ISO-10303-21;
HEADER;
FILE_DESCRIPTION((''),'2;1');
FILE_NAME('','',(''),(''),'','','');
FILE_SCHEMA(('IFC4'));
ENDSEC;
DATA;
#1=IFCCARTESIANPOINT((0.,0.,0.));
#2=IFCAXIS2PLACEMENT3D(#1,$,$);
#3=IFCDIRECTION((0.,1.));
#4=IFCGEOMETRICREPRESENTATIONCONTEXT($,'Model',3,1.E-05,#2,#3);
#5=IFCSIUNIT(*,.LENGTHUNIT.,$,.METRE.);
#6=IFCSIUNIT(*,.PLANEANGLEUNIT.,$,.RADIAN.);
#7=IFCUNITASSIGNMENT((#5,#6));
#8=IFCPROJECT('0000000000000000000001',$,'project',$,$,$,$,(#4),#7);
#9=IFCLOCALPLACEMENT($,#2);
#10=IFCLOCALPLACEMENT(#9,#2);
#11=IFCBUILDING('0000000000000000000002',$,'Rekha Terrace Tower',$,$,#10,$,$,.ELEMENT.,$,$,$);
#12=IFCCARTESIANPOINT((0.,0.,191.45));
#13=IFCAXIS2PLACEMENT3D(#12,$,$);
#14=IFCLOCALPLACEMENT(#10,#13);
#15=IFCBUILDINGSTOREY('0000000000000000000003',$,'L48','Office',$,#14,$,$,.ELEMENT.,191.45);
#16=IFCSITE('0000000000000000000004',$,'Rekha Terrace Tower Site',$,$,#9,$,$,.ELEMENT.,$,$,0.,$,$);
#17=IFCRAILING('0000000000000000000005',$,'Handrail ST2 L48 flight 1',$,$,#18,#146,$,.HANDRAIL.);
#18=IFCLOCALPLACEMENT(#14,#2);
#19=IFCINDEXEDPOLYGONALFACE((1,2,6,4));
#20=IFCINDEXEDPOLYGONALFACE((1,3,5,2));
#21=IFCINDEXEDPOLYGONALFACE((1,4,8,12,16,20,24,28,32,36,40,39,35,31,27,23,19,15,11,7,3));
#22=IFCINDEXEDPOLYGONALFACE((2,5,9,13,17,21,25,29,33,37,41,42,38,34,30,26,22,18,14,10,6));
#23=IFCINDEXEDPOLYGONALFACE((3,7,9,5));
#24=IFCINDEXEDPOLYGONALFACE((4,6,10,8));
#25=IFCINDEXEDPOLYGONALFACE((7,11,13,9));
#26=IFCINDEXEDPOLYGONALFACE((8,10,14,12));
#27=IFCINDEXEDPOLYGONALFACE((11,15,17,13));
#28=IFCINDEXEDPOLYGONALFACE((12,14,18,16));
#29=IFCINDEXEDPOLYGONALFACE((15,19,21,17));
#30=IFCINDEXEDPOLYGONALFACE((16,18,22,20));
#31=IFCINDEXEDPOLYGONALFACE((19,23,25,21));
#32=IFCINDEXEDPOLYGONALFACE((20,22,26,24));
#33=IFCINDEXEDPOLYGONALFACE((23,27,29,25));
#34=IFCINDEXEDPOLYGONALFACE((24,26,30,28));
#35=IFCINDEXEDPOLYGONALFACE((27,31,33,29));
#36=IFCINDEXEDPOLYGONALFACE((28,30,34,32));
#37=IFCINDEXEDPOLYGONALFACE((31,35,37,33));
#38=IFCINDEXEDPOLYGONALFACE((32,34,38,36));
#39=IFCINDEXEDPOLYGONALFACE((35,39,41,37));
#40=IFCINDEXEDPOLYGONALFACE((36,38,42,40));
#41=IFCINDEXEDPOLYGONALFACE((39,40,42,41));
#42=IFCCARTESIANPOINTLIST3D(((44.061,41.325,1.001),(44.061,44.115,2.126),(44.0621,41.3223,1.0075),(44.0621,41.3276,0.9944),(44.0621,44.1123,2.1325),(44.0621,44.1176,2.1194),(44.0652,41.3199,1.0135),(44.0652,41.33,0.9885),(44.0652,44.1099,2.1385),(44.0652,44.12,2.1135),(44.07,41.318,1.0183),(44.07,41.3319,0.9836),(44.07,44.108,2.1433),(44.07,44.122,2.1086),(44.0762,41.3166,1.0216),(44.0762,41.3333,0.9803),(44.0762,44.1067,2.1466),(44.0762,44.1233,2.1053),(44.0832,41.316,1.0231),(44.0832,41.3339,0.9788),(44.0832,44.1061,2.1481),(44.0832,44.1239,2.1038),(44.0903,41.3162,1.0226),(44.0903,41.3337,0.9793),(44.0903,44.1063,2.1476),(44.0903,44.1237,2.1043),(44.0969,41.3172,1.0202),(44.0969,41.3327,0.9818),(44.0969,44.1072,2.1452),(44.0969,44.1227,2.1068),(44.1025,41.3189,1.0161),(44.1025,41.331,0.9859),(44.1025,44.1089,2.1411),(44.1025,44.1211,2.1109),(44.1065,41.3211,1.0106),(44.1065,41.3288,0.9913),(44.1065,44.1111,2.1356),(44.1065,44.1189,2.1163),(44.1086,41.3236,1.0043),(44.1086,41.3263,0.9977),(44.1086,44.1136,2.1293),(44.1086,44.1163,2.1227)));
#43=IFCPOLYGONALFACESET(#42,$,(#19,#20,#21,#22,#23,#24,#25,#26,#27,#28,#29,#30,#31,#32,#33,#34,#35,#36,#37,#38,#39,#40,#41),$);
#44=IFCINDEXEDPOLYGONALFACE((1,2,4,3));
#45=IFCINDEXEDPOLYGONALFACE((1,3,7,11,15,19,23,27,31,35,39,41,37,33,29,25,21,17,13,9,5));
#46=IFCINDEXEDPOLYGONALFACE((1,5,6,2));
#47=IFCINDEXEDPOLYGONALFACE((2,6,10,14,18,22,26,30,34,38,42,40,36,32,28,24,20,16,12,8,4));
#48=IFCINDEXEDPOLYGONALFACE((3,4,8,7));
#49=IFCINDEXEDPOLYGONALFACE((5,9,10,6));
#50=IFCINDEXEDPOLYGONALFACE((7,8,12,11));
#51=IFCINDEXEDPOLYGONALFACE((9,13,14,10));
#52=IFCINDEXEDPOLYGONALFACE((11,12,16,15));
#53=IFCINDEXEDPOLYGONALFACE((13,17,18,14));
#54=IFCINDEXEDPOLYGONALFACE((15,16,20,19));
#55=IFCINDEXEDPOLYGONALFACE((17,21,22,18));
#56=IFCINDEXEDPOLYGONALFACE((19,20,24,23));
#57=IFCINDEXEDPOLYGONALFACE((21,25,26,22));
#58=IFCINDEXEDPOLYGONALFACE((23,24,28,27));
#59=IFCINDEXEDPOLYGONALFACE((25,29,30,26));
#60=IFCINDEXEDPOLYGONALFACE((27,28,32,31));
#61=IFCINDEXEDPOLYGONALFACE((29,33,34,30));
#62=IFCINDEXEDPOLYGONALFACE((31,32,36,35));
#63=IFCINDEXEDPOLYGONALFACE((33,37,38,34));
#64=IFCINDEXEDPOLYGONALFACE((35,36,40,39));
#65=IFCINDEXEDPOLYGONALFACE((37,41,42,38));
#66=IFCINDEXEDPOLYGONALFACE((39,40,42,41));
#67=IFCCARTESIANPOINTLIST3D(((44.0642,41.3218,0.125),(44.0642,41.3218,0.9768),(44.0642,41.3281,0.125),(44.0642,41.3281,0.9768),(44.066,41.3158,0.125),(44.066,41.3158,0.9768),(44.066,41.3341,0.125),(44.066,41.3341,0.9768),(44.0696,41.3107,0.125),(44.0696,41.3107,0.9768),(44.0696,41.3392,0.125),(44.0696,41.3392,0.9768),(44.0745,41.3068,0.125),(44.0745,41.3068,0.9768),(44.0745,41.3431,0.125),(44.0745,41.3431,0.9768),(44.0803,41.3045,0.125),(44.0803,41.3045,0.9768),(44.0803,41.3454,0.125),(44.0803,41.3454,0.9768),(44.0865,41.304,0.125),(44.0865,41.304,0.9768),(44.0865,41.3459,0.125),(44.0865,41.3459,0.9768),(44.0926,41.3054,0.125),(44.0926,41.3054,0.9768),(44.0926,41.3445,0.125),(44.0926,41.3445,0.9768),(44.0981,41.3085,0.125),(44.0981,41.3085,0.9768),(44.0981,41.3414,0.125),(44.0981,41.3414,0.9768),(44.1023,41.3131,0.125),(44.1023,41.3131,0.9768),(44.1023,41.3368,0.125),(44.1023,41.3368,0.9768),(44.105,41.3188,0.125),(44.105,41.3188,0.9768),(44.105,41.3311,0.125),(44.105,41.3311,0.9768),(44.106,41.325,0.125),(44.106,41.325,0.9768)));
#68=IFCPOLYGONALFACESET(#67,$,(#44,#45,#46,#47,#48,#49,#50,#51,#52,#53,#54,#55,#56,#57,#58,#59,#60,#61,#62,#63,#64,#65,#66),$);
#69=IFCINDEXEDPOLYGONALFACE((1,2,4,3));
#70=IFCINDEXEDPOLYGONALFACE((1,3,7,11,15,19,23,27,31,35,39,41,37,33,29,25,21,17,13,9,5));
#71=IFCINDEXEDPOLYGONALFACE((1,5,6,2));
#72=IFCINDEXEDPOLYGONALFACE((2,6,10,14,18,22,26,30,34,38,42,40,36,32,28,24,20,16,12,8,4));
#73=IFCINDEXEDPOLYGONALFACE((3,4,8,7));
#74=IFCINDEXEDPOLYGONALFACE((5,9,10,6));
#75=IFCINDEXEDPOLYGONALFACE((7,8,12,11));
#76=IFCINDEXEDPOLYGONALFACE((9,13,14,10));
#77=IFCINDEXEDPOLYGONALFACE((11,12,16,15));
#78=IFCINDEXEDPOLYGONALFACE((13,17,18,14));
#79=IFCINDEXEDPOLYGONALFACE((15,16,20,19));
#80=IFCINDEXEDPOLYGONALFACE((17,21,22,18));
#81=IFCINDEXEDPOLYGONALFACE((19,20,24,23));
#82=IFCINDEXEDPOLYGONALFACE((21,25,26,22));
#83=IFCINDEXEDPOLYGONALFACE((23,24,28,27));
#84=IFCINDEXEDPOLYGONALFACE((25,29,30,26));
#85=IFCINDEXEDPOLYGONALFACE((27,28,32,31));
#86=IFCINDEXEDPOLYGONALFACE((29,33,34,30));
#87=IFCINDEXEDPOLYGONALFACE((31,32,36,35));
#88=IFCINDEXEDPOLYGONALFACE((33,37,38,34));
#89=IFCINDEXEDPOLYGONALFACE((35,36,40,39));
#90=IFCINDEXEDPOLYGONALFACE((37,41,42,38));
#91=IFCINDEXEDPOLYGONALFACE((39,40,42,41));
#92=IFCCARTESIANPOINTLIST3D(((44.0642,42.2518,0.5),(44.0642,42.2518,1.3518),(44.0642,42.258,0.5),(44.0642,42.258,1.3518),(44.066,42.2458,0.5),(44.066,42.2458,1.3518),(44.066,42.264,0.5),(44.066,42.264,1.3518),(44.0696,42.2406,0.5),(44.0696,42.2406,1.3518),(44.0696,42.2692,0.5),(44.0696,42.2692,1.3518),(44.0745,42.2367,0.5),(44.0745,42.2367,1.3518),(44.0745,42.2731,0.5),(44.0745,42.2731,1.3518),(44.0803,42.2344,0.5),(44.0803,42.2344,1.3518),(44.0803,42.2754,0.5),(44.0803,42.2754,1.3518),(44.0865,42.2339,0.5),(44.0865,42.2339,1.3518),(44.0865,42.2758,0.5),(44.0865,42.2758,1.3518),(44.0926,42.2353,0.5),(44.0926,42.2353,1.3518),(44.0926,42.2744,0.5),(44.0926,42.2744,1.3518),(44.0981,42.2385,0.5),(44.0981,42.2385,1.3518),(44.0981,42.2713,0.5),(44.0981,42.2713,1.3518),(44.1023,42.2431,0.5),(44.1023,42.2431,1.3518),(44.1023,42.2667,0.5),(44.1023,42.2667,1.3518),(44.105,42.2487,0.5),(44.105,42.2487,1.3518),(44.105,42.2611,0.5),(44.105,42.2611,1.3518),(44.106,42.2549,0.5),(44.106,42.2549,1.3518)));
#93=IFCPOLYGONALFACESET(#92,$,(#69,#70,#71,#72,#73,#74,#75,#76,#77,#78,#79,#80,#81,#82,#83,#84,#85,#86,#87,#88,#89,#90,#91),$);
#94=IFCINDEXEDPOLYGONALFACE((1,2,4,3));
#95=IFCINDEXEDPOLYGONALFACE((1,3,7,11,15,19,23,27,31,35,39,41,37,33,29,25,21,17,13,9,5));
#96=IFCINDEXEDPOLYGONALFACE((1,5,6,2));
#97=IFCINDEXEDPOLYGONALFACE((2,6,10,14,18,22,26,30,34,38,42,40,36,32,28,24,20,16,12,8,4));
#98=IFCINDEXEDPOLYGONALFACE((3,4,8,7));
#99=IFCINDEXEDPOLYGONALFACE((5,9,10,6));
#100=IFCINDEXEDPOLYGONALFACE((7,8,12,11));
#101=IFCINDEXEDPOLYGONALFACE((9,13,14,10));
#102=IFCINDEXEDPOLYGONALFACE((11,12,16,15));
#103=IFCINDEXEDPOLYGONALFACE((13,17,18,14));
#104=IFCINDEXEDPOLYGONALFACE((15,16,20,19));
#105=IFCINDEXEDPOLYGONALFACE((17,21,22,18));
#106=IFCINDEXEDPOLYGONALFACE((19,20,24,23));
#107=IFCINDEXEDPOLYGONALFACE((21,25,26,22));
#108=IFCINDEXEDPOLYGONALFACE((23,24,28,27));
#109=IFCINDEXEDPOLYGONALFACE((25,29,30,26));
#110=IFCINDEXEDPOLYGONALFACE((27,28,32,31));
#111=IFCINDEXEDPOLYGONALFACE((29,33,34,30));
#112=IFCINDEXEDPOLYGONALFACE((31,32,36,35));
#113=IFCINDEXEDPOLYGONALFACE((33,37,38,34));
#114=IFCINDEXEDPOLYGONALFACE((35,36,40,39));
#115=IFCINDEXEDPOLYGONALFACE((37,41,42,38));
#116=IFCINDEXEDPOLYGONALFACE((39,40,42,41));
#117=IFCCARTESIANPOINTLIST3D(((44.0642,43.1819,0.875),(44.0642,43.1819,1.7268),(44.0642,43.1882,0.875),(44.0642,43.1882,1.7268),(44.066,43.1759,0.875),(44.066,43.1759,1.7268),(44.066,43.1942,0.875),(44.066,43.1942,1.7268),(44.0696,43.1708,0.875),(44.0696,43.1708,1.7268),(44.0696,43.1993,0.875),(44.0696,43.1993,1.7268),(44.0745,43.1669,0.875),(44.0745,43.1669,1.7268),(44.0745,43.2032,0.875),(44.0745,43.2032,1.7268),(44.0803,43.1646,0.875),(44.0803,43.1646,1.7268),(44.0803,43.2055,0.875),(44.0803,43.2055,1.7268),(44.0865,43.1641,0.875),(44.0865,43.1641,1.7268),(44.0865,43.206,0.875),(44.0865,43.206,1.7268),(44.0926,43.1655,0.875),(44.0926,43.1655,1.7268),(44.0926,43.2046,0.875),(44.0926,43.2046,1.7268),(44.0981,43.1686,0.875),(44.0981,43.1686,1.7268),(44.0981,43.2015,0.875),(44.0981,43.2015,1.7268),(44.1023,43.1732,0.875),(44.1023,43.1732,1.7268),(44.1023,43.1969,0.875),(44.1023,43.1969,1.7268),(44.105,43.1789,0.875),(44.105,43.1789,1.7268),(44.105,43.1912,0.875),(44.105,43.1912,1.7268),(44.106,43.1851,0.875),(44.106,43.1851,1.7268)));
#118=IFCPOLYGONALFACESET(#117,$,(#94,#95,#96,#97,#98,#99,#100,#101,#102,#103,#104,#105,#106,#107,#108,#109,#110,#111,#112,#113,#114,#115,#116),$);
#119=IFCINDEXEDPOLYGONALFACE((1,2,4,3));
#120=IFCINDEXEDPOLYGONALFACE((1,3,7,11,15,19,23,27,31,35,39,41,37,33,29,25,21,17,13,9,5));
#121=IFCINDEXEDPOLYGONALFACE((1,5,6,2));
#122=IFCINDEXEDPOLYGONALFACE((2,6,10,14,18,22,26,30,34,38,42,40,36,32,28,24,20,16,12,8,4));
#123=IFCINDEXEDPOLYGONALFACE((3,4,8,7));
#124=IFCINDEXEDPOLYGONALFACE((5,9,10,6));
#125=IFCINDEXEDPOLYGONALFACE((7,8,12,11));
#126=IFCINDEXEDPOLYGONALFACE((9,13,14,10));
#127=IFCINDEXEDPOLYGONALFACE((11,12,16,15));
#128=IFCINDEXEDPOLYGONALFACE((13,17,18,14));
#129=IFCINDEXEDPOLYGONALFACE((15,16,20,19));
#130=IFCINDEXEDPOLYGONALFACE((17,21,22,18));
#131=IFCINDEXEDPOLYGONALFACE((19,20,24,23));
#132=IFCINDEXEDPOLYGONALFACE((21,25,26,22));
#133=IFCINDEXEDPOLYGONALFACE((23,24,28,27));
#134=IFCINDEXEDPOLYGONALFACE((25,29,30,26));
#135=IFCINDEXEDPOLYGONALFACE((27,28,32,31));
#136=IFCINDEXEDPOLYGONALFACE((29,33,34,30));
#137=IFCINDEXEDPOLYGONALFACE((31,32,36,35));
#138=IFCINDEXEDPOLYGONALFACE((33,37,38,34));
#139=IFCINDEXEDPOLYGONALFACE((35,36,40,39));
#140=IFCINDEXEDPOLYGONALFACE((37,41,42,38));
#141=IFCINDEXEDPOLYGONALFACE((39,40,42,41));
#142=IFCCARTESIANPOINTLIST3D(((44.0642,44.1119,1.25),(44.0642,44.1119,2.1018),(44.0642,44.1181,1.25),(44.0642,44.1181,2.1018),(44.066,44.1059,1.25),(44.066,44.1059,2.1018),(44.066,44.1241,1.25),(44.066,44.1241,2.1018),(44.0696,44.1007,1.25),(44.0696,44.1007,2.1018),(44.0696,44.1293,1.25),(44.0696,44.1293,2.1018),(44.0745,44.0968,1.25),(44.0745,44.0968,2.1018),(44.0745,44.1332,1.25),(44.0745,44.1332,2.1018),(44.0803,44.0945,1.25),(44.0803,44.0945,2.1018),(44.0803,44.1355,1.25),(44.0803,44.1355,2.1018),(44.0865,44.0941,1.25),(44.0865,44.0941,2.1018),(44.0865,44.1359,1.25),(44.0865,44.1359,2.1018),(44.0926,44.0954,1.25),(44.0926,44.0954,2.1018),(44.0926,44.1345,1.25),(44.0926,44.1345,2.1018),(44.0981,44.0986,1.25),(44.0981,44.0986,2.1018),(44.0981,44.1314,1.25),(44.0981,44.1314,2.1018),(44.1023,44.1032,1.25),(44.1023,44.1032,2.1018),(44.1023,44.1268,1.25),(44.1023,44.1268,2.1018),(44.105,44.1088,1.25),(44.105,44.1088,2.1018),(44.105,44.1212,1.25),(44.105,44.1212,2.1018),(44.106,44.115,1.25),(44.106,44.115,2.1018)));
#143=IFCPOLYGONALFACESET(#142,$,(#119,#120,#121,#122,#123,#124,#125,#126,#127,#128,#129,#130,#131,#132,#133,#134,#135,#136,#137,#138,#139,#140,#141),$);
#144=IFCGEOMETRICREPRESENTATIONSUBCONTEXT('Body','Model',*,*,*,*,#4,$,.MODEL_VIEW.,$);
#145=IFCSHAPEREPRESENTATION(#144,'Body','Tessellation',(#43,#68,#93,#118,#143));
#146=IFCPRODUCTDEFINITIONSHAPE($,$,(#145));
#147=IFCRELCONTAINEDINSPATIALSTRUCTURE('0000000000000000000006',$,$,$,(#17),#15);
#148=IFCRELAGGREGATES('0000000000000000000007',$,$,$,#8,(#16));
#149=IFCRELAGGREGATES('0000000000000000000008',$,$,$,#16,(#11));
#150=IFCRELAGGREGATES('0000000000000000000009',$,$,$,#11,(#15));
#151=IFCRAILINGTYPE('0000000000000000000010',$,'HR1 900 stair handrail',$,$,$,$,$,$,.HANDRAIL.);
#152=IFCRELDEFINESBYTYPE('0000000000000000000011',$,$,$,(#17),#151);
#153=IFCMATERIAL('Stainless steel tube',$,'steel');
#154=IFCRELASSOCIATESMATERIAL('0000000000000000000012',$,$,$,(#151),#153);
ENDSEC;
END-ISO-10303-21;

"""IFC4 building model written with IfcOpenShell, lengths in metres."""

from ifc_helpers import new_model, si_unit, direction, frame, origin, origin_2d, place, context, subcontext, project, spatial, circle, extrude, material, type_object, element, save


model = new_model("IFC4")

# Units and contexts
model_context = context("Model", 3, precision=1e-05, world=origin(), true_north=direction((0.0, 1.0)))
body_context = subcontext(model_context, "Body", "Model", "MODEL_VIEW")
ifc_project = project(units=[si_unit("LENGTHUNIT", "METRE"), si_unit("PLANEANGLEUNIT", "RADIAN")], contexts=[model_context])

# Site, building, storey
site_placement = place(None, origin())
site = spatial("IfcSite", under=ifc_project, at=site_placement, Name="Rekha Terrace Tower Site", CompositionType="ELEMENT", RefElevation=0.0)
building_placement = place(site_placement, origin())
building = spatial("IfcBuilding", under=site, at=building_placement, Name="Rekha Terrace Tower", CompositionType="ELEMENT")
storey_placement = place(building_placement, frame((0.0, 0.0, 191.45)))
storey = spatial("IfcBuildingStorey", under=building, at=storey_placement, Name="L48", Description="Office", CompositionType="ELEMENT", Elevation=191.45)

# Railing
ifc_material_1 = material(Name="Stainless steel tube", Category="steel")
railing_type_1 = type_object("IfcRailingType", Name="HR1 900 stair handrail", PredefinedType="HANDRAIL", material=ifc_material_1)
railing_1_placement = place(storey_placement, frame((44.085, 41.325, 0.125)))
element("IfcRailing", 1, at=railing_1_placement, inside=storey, type_object=railing_type_1, Name="Handrail ST2 L48 flight 1", PredefinedType="HANDRAIL", context=body_context, shape_type="SweptSolid", body=[
    extrude(circle(Radius=0.0239, at=origin_2d()), frame((0.0, 0.0, 0.876), z_axis=(0.0, 0.927443, 0.373964), x_axis=(-1.0, 0.0, 0.0)), (0.0, 0.0, 1.0), 3.0083),
    extrude(circle(Radius=0.021, at=origin_2d()), origin(), (0.0, 0.0, 1.0), 0.8518),
    extrude(circle(Radius=0.021, at=origin_2d()), frame((0.0, 0.9299, 0.375)), (0.0, 0.0, 1.0), 0.8518),
    extrude(circle(Radius=0.021, at=origin_2d()), frame((0.0, 1.8601, 0.75)), (0.0, 0.0, 1.0), 0.8518),
    extrude(circle(Radius=0.021, at=origin_2d()), frame((0.0, 2.79, 1.125)), (0.0, 0.0, 1.0), 0.8518),
])

save(model, "model.ifc")
